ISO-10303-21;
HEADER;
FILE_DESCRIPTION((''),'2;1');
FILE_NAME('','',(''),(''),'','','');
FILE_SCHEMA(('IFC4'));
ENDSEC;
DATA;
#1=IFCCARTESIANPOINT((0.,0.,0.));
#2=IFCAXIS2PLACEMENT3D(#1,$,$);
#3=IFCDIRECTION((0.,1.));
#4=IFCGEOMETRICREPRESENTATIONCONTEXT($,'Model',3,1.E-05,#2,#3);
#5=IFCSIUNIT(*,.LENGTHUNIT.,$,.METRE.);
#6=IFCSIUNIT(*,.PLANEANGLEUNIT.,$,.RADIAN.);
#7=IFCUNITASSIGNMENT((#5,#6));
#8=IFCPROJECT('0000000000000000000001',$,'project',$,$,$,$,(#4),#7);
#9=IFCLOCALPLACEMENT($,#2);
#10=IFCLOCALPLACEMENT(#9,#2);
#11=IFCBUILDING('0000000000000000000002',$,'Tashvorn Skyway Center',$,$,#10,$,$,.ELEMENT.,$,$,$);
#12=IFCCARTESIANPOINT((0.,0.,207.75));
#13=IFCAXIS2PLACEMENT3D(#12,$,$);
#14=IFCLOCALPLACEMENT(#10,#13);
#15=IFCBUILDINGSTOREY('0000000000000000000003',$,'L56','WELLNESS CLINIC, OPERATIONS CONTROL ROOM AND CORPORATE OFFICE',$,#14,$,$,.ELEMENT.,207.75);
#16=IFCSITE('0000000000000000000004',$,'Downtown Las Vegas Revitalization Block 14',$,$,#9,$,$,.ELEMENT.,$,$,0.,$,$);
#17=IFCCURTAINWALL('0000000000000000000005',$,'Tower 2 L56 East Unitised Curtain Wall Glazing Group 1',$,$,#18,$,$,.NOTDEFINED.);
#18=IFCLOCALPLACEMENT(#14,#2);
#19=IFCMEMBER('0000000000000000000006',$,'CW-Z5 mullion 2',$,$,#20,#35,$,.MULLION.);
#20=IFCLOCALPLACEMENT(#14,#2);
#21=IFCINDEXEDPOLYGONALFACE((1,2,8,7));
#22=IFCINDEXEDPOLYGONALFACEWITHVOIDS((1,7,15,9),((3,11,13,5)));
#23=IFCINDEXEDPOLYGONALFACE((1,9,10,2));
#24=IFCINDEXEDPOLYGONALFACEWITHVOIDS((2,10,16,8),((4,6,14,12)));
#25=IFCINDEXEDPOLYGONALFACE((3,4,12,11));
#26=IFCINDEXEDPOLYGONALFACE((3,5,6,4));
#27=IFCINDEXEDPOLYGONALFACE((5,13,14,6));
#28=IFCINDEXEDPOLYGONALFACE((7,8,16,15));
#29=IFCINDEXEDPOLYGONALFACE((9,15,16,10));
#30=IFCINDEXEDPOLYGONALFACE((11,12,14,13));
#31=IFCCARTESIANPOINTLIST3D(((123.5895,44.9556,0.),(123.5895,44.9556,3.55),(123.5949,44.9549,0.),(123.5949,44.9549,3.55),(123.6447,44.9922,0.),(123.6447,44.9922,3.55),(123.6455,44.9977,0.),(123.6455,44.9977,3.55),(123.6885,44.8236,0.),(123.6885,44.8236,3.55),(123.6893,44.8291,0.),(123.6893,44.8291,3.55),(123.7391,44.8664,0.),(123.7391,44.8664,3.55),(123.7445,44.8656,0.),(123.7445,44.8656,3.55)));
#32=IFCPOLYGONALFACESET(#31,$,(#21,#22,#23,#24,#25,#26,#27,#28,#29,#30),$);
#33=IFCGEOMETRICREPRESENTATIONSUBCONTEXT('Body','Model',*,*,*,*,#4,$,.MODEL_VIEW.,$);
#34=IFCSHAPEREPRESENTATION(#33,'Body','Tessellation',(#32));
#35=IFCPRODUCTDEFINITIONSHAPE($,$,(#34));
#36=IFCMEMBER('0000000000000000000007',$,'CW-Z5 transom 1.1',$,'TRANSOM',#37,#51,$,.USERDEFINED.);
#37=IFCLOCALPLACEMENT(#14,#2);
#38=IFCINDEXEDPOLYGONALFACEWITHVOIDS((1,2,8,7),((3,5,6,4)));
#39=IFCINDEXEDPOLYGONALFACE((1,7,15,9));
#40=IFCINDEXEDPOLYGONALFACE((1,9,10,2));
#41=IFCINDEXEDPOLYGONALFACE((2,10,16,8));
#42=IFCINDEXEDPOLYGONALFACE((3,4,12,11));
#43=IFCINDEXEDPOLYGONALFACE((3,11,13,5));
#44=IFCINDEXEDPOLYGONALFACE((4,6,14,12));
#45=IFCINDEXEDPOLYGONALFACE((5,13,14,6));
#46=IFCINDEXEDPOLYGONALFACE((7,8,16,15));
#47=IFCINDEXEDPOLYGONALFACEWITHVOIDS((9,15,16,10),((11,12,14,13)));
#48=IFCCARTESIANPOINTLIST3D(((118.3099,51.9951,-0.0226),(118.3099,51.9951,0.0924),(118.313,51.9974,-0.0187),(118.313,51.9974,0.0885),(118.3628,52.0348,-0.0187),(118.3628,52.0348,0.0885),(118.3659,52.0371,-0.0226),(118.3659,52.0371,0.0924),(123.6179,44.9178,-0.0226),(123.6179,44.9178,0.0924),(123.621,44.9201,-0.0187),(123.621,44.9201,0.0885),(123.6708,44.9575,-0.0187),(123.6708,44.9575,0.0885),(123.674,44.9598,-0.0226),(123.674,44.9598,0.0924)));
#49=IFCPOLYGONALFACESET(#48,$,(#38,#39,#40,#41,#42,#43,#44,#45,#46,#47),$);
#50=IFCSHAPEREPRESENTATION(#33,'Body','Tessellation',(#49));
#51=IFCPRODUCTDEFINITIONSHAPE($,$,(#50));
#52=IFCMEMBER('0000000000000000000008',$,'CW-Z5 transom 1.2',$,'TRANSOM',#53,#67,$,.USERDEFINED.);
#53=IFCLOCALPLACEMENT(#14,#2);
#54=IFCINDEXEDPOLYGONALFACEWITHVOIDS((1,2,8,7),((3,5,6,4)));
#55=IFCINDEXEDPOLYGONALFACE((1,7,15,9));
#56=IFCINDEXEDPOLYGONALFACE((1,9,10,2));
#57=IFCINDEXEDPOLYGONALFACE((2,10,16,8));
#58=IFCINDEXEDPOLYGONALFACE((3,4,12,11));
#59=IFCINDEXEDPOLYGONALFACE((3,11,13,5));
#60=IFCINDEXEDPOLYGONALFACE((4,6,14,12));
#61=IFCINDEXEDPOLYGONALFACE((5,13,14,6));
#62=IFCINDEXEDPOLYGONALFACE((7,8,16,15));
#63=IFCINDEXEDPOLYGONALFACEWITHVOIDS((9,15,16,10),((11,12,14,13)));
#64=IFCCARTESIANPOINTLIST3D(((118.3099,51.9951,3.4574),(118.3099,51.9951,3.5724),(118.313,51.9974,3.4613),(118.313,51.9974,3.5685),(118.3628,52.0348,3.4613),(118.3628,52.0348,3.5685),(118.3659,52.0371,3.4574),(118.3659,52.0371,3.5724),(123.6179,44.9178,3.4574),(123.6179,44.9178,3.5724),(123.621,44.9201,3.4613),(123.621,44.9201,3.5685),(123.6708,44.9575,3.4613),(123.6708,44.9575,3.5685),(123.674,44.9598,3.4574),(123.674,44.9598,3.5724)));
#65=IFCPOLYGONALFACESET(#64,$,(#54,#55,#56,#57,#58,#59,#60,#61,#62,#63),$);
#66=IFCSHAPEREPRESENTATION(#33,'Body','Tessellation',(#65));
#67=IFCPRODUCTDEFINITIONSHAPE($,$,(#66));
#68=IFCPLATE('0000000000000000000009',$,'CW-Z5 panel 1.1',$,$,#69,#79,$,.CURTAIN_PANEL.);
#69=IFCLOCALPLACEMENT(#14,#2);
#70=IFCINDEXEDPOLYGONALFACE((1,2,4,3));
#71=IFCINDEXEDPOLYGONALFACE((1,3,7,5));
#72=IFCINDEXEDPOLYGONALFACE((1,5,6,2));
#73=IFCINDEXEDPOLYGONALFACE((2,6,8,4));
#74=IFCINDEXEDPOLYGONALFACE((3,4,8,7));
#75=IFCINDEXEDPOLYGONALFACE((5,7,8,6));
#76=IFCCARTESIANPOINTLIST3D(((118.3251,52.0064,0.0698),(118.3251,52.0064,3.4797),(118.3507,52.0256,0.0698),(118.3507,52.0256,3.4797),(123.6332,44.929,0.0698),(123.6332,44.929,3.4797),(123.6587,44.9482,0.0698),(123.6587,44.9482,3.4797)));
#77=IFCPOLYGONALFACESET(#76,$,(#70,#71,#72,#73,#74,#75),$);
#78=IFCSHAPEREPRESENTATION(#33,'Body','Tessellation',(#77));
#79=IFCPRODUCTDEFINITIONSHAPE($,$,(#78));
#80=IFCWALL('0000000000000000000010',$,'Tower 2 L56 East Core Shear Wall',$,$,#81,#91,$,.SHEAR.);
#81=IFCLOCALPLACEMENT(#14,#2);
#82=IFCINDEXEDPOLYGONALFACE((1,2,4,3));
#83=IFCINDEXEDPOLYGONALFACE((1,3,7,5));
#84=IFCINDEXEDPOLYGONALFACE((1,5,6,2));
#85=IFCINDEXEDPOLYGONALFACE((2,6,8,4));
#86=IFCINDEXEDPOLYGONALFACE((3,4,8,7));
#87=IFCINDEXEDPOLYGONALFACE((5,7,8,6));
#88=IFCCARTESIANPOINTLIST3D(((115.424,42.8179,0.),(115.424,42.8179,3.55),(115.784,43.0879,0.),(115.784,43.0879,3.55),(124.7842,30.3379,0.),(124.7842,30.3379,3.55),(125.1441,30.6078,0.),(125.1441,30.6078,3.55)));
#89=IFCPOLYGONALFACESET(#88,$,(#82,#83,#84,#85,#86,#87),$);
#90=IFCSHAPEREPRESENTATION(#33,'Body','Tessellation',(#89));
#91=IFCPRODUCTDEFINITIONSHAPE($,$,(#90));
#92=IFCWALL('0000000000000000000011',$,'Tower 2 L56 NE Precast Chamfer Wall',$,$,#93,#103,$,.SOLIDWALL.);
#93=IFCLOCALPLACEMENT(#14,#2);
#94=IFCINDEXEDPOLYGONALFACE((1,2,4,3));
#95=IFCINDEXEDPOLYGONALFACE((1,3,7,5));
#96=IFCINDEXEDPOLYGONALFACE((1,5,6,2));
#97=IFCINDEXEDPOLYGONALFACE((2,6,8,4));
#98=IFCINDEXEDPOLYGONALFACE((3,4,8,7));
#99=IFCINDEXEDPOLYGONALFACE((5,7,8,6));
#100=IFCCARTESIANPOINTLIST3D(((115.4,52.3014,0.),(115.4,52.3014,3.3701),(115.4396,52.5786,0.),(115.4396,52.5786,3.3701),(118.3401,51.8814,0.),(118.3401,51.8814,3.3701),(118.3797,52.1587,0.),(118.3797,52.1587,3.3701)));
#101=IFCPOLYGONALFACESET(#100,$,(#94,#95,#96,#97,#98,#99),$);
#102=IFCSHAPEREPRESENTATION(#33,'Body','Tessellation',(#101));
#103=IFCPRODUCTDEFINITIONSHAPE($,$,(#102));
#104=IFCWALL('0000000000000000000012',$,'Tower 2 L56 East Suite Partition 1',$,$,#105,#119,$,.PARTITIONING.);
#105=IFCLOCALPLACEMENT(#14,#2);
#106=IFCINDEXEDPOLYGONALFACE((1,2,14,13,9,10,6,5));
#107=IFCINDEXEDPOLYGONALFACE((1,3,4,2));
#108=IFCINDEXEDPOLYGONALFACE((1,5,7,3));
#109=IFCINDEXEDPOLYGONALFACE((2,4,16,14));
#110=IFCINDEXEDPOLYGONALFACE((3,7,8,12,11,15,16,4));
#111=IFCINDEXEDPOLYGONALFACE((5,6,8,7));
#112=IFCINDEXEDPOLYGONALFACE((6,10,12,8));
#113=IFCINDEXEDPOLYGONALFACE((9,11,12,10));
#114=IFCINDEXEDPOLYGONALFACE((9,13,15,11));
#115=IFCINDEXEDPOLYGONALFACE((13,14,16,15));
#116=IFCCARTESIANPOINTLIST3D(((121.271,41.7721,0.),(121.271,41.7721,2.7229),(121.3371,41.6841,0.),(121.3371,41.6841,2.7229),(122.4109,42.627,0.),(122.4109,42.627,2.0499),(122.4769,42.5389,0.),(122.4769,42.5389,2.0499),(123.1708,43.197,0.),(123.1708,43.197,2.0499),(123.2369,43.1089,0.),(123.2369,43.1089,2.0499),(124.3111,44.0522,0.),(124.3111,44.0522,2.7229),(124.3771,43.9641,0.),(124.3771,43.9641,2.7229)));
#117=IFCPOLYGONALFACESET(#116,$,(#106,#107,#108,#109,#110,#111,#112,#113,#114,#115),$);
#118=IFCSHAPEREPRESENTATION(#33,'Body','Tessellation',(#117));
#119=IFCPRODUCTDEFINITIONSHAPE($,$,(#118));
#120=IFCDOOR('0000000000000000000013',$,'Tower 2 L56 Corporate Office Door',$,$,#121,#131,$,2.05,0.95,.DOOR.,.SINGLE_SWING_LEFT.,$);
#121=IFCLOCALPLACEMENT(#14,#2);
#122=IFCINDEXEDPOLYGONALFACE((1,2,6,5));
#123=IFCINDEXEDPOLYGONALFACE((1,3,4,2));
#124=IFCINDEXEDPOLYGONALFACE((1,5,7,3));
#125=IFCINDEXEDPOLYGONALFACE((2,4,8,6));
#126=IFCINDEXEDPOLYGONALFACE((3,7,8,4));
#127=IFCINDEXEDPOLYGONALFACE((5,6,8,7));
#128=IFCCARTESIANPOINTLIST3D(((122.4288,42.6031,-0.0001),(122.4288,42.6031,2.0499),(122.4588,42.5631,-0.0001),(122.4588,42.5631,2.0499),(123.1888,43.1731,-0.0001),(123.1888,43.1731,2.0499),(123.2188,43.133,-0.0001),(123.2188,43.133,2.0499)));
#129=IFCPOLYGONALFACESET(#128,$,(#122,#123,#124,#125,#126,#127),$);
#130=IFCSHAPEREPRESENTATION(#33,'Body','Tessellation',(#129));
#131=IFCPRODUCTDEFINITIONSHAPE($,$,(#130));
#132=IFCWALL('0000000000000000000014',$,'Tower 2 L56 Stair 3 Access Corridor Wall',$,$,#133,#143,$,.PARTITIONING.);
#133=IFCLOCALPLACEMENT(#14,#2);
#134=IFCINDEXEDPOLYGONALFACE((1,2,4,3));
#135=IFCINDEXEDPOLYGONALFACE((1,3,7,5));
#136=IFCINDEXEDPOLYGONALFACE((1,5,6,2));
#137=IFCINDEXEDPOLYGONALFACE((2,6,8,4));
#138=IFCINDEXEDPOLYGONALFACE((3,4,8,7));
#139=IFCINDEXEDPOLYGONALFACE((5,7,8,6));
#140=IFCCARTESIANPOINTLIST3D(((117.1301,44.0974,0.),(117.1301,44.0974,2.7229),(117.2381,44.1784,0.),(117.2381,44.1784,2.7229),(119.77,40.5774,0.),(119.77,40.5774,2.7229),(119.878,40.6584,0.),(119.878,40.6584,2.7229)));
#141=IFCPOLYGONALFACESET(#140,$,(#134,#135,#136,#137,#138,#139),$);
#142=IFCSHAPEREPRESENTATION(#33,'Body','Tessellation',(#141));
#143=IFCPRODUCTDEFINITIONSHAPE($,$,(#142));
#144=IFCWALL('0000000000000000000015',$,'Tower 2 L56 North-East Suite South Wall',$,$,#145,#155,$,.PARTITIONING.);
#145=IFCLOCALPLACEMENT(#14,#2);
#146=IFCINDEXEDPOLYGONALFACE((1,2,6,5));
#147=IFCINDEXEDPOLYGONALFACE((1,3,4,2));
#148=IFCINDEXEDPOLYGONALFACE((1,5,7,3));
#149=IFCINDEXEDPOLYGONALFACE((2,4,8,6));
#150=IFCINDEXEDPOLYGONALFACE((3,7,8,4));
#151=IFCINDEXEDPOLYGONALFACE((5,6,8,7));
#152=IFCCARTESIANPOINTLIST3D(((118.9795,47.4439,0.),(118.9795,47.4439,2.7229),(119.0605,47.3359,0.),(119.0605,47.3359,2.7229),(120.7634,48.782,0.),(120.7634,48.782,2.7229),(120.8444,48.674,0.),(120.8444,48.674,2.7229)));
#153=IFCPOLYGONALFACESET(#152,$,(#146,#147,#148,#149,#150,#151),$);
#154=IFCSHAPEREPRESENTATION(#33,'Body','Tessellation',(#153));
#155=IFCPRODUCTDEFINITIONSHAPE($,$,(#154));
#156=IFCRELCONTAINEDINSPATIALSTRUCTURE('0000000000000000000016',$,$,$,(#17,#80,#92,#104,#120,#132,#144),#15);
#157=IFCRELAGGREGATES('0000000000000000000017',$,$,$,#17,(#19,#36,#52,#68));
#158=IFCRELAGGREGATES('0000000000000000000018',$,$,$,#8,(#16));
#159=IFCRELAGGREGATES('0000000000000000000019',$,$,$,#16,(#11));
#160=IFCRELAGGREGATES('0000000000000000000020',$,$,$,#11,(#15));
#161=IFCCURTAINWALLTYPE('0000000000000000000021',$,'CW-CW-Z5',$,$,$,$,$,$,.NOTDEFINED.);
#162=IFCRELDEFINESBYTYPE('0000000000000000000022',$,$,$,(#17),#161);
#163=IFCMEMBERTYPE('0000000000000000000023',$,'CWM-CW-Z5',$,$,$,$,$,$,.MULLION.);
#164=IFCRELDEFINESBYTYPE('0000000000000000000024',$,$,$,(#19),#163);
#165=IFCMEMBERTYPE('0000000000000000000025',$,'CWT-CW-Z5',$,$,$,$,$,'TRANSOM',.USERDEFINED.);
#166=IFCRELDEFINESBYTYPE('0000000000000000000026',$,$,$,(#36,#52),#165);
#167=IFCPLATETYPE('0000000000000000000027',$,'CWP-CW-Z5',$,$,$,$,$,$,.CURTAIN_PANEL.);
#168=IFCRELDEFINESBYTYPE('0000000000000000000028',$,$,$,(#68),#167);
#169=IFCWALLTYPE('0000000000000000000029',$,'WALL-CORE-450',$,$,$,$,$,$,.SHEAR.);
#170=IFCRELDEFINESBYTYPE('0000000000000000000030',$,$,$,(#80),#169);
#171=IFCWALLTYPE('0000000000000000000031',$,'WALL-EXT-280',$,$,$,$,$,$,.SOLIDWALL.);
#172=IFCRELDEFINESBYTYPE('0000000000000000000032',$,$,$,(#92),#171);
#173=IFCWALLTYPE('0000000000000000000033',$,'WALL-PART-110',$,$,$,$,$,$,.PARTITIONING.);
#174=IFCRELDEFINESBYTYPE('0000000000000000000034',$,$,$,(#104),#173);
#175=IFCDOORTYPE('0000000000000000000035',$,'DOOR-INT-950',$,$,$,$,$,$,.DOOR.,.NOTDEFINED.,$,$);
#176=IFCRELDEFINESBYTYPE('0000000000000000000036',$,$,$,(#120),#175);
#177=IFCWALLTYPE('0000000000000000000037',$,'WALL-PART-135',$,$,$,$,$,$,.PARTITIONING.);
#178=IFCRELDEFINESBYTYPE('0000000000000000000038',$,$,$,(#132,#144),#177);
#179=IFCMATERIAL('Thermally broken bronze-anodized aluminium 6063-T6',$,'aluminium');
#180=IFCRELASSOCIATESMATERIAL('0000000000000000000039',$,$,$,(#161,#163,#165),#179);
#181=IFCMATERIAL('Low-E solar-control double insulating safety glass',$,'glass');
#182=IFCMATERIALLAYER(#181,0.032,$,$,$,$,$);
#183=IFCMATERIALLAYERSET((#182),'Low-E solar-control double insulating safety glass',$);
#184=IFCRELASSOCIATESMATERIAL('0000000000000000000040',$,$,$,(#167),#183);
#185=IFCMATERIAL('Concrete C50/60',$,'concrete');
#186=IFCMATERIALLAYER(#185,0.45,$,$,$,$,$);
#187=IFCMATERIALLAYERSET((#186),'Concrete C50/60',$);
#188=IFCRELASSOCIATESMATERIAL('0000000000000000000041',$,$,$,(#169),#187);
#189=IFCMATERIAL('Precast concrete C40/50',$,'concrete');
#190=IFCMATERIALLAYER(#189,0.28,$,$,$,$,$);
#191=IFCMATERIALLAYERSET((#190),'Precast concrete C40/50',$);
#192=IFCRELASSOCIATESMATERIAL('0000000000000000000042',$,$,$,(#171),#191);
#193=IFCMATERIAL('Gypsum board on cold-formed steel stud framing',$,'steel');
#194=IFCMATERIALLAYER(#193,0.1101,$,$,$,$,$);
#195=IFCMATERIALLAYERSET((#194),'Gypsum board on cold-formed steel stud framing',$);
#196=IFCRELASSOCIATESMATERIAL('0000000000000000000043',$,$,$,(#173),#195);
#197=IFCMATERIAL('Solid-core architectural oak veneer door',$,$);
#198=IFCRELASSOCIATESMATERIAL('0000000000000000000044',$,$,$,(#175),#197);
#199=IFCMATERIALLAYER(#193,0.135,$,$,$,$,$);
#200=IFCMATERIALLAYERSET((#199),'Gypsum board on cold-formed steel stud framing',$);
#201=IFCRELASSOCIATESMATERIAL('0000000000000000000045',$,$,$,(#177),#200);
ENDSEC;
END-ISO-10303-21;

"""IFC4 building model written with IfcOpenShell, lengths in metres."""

from ifc_helpers import new_model, si_unit, direction, frame, frame_2d, origin, origin_2d, place, context, subcontext, project, spatial, rectangle, hollow_rectangle, extrude, material, layer, layer_set, material_profile, profile_set, type_object, element, fill, aggregate, save


model = new_model("IFC4")

# Units and contexts
model_context = context("Model", 3, precision=1e-05, world=origin(), true_north=direction((0.0, 1.0)))
body_context = subcontext(model_context, "Body", "Model", "MODEL_VIEW")
ifc_project = project(units=[si_unit("LENGTHUNIT", "METRE"), si_unit("PLANEANGLEUNIT", "RADIAN")], contexts=[model_context])

# Site, building, storey
site_placement = place(None, origin())
site = spatial("IfcSite", under=ifc_project, at=site_placement, Name="Downtown Las Vegas Revitalization Block 14", CompositionType="ELEMENT", RefElevation=0.0)
building_placement = place(site_placement, origin())
building = spatial("IfcBuilding", under=site, at=building_placement, Name="Tashvorn Skyway Center", CompositionType="ELEMENT")
storey_placement = place(building_placement, frame((0.0, 0.0, 207.75)))
storey = spatial("IfcBuildingStorey", under=building, at=storey_placement, Name="L56", Description="WELLNESS CLINIC, OPERATIONS CONTROL ROOM AND CORPORATE OFFICE", CompositionType="ELEMENT", Elevation=207.75)

# Shared definitions
ifc_material_1 = material(Name="Thermally broken bronze-anodized aluminium 6063-T6", Category="aluminium")
curtain_wall_type = type_object("IfcCurtainWallType", Name="CW-CW-Z5", PredefinedType="NOTDEFINED", material=ifc_material_1)
ifc_material_profile_1 = material_profile(ifc_material_1, hollow_rectangle(XDim=0.0701, YDim=0.165, WallThickness=0.0039, at=origin_2d()), Name="ALU-MULL-70x165")
ifc_profile_set_1 = profile_set([ifc_material_profile_1], Name="Thermally broken bronze-anodized aluminium 6063-T6")
member_type_1 = type_object("IfcMemberType", Name="CWM-CW-Z5", PredefinedType="MULLION", material=ifc_profile_set_1)

# Curtain wall, members, plate
curtain_wall_1_placement = place(storey_placement, origin())
curtain_wall_1 = element("IfcCurtainWall", 1, at=curtain_wall_1_placement, inside=storey, type_object=curtain_wall_type, Name="Tower 2 L56 East Unitised Curtain Wall Glazing Group 1", PredefinedType="NOTDEFINED")
member_1_placement = place(storey_placement, frame((123.667, 44.9106, 0.0), z_axis=(0.0, 0.0, 1.0), x_axis=(0.799999, 0.600002, 0.0)))
member_1 = element("IfcMember", 2, at=member_1_placement, type_object=member_type_1, Name="CW-Z5 mullion 2", PredefinedType="MULLION", context=body_context, shape_type="SweptSolid", body=[
    extrude(hollow_rectangle(XDim=0.0701, YDim=0.165, WallThickness=0.0039, at=origin_2d()), origin(), (0.0, 0.0, 1.0), 3.55),
])
ifc_material_profile_2 = material_profile(ifc_material_1, hollow_rectangle(XDim=0.0701, YDim=0.115, WallThickness=0.0039, at=origin_2d()), Name="ALU-TRAN-70x115")
ifc_profile_set_2 = profile_set([ifc_material_profile_2], Name="Thermally broken bronze-anodized aluminium 6063-T6")
member_type_2 = type_object("IfcMemberType", Name="CWT-CW-Z5", ElementType="TRANSOM", PredefinedType="USERDEFINED", material=ifc_profile_set_2)
member_2_placement = place(storey_placement, frame((118.3379, 52.0161, 0.0349), z_axis=(0.600004, -0.799997, 0.0), x_axis=(0.799997, 0.600004, 0.0)))
member_2 = element("IfcMember", 3, at=member_2_placement, type_object=member_type_2, Name="CW-Z5 transom 1.1", ObjectType="TRANSOM", PredefinedType="USERDEFINED", context=body_context, shape_type="SweptSolid", body=[
    extrude(hollow_rectangle(XDim=0.0701, YDim=0.115, WallThickness=0.0039, at=origin_2d()), origin(), (0.0, 0.0, 1.0), 8.8467),
])
member_3_placement = place(storey_placement, frame((118.3379, 52.0161, 3.5149), z_axis=(0.600004, -0.799997, 0.0), x_axis=(0.799997, 0.600004, 0.0)))
member_3 = element("IfcMember", 4, at=member_3_placement, type_object=member_type_2, Name="CW-Z5 transom 1.2", ObjectType="TRANSOM", PredefinedType="USERDEFINED", context=body_context, shape_type="SweptSolid", body=[
    extrude(hollow_rectangle(XDim=0.0701, YDim=0.115, WallThickness=0.0039, at=origin_2d()), origin(), (0.0, 0.0, 1.0), 8.8467),
])
ifc_material_2 = material(Name="Low-E solar-control double insulating safety glass", Category="glass")
ifc_layer_1 = layer(ifc_material_2, 0.032)
ifc_layer_set_1 = layer_set([ifc_layer_1], Name="Low-E solar-control double insulating safety glass")
plate_type = type_object("IfcPlateType", Name="CWP-CW-Z5", PredefinedType="CURTAIN_PANEL", material=ifc_layer_set_1)
plate_placement = place(storey_placement, frame((120.9919, 48.4773, 0.0698), z_axis=(0.0, 0.0, 1.0), x_axis=(0.600002, -0.799999, 0.0)))
plate = element("IfcPlate", 5, at=plate_placement, type_object=plate_type, Name="CW-Z5 panel 1.1", PredefinedType="CURTAIN_PANEL", context=body_context, shape_type="SweptSolid", body=[
    extrude(rectangle(XDim=8.8467, YDim=0.032, at=origin_2d()), origin(), (0.0, 0.0, 1.0), 3.4099),
])
aggregate(curtain_wall_1, [member_1, member_2, member_3, plate])

# Walls
ifc_material_3 = material(Name="Concrete C50/60", Category="concrete")
ifc_layer_2 = layer(ifc_material_3, 0.45)
ifc_layer_set_2 = layer_set([ifc_layer_2], Name="Concrete C50/60")
wall_type_1 = type_object("IfcWallType", Name="WALL-CORE-450", PredefinedType="SHEAR", material=ifc_layer_set_2)
wall_1_placement = place(storey_placement, frame((115.604, 42.9529, 0.0), z_axis=(0.0, 0.0, 1.0), x_axis=(0.600005, -0.799996, 0.0)))
element("IfcWall", 6, at=wall_1_placement, inside=storey, type_object=wall_type_1, Name="Tower 2 L56 East Core Shear Wall", PredefinedType="SHEAR", context=body_context, shape_type="SweptSolid", body=[
    extrude(rectangle(XDim=15.6001, YDim=0.45, at=frame_2d((7.8, 0.0))), origin(), (0.0, 0.0, 1.0), 3.55),
])
ifc_material_4 = material(Name="Precast concrete C40/50", Category="concrete")
ifc_layer_3 = layer(ifc_material_4, 0.28)
ifc_layer_set_3 = layer_set([ifc_layer_3], Name="Precast concrete C40/50")
wall_type_2 = type_object("IfcWallType", Name="WALL-EXT-280", PredefinedType="SOLIDWALL", material=ifc_layer_set_3)
wall_2_placement = place(storey_placement, frame((115.4199, 52.4399, 0.0), z_axis=(0.0, 0.0, 1.0), x_axis=(0.989954, -0.141387, 0.0)))
element("IfcWall", 7, at=wall_2_placement, inside=storey, type_object=wall_type_2, Name="Tower 2 L56 NE Precast Chamfer Wall", PredefinedType="SOLIDWALL", context=body_context, shape_type="SweptSolid", body=[
    extrude(rectangle(XDim=2.97, YDim=0.28, at=frame_2d((1.4849, 0.0))), origin(), (0.0, 0.0, 1.0), 3.3701),
])

# Wall, opening, door
ifc_material_5 = material(Name="Gypsum board on cold-formed steel stud framing", Category="steel")
ifc_layer_4 = layer(ifc_material_5, 0.1101)
ifc_layer_set_4 = layer_set([ifc_layer_4], Name="Gypsum board on cold-formed steel stud framing")
wall_type_3 = type_object("IfcWallType", Name="WALL-PART-110", PredefinedType="PARTITIONING", material=ifc_layer_set_4)
wall_3_placement = place(storey_placement, frame((124.344, 44.0081, 0.0), z_axis=(0.0, 0.0, 1.0), x_axis=(-0.8, -0.6, 0.0)))
wall_3 = element("IfcWall", 8, at=wall_3_placement, inside=storey, type_object=wall_type_3, Name="Tower 2 L56 East Suite Partition 1", PredefinedType="PARTITIONING", context=body_context, shape_type="SweptSolid", body=[
    extrude(rectangle(XDim=3.8, YDim=0.1101, at=frame_2d((1.8999, 0.0))), origin(), (0.0, 0.0, 1.0), 2.7229),
])
opening_1_placement = place(wall_3_placement, frame((1.425, 0.0, 0.0)))
opening_1 = element("IfcOpeningElement", 9, at=opening_1_placement, cuts=wall_3, PredefinedType="OPENING", context=body_context, shape_type="SweptSolid", body=[
    extrude(rectangle(XDim=0.95, YDim=2.05, at=frame_2d((0.4751, 1.0249))), frame((0.0, 0.0649, 0.0), z_axis=(0.0, -1.0, 0.0), x_axis=(1.0, 0.0, 0.0)), (0.0, 0.0, 1.0), 0.1301),
])
ifc_material_6 = material(Name="Solid-core architectural oak veneer door")
door_type_1 = type_object("IfcDoorType", Name="DOOR-INT-950", OperationType="NOTDEFINED", PredefinedType="DOOR", material=ifc_material_6)
door_1_placement = place(opening_1_placement, origin())
door_1 = element("IfcDoor", 10, at=door_1_placement, inside=storey, type_object=door_type_1, Name="Tower 2 L56 Corporate Office Door", OperationType="SINGLE_SWING_LEFT", OverallHeight=2.05, OverallWidth=0.95, PredefinedType="DOOR", context=body_context, shape_type="SweptSolid", body=[
    extrude(rectangle(XDim=0.95, YDim=2.05, at=frame_2d((0.4751, 1.0249))), frame((0.0, 0.0249, 0.0), z_axis=(0.0, -1.0, 0.0), x_axis=(1.0, 0.0, 0.0)), (0.0, 0.0, 1.0), 0.05),
])
fill(opening_1, door_1)

# Walls
ifc_layer_5 = layer(ifc_material_5, 0.135)
ifc_layer_set_5 = layer_set([ifc_layer_5], Name="Gypsum board on cold-formed steel stud framing")
wall_type_4 = type_object("IfcWallType", Name="WALL-PART-135", PredefinedType="PARTITIONING", material=ifc_layer_set_5)
wall_4_placement = place(storey_placement, frame((119.824, 40.6179, 0.0), z_axis=(0.0, 0.0, 1.0), x_axis=(-0.599982, 0.800013, 0.0)))
element("IfcWall", 11, at=wall_4_placement, inside=storey, type_object=wall_type_4, Name="Tower 2 L56 Stair 3 Access Corridor Wall", PredefinedType="PARTITIONING", context=body_context, shape_type="SweptSolid", body=[
    extrude(rectangle(XDim=4.3999, YDim=0.135, at=frame_2d((2.2, 0.0))), origin(), (0.0, 0.0, 1.0), 2.7229),
])
wall_5_placement = place(storey_placement, frame((119.02, 47.3899, 0.0), z_axis=(0.0, 0.0, 1.0), x_axis=(0.799961, 0.600053, 0.0)))
element("IfcWall", 12, at=wall_5_placement, inside=storey, type_object=wall_type_4, Name="Tower 2 L56 North-East Suite South Wall", PredefinedType="PARTITIONING", context=body_context, shape_type="SweptSolid", body=[
    extrude(rectangle(XDim=2.23, YDim=0.135, at=frame_2d((1.115, 0.0))), origin(), (0.0, 0.0, 1.0), 2.7229),
])

save(model, "model.ifc")
